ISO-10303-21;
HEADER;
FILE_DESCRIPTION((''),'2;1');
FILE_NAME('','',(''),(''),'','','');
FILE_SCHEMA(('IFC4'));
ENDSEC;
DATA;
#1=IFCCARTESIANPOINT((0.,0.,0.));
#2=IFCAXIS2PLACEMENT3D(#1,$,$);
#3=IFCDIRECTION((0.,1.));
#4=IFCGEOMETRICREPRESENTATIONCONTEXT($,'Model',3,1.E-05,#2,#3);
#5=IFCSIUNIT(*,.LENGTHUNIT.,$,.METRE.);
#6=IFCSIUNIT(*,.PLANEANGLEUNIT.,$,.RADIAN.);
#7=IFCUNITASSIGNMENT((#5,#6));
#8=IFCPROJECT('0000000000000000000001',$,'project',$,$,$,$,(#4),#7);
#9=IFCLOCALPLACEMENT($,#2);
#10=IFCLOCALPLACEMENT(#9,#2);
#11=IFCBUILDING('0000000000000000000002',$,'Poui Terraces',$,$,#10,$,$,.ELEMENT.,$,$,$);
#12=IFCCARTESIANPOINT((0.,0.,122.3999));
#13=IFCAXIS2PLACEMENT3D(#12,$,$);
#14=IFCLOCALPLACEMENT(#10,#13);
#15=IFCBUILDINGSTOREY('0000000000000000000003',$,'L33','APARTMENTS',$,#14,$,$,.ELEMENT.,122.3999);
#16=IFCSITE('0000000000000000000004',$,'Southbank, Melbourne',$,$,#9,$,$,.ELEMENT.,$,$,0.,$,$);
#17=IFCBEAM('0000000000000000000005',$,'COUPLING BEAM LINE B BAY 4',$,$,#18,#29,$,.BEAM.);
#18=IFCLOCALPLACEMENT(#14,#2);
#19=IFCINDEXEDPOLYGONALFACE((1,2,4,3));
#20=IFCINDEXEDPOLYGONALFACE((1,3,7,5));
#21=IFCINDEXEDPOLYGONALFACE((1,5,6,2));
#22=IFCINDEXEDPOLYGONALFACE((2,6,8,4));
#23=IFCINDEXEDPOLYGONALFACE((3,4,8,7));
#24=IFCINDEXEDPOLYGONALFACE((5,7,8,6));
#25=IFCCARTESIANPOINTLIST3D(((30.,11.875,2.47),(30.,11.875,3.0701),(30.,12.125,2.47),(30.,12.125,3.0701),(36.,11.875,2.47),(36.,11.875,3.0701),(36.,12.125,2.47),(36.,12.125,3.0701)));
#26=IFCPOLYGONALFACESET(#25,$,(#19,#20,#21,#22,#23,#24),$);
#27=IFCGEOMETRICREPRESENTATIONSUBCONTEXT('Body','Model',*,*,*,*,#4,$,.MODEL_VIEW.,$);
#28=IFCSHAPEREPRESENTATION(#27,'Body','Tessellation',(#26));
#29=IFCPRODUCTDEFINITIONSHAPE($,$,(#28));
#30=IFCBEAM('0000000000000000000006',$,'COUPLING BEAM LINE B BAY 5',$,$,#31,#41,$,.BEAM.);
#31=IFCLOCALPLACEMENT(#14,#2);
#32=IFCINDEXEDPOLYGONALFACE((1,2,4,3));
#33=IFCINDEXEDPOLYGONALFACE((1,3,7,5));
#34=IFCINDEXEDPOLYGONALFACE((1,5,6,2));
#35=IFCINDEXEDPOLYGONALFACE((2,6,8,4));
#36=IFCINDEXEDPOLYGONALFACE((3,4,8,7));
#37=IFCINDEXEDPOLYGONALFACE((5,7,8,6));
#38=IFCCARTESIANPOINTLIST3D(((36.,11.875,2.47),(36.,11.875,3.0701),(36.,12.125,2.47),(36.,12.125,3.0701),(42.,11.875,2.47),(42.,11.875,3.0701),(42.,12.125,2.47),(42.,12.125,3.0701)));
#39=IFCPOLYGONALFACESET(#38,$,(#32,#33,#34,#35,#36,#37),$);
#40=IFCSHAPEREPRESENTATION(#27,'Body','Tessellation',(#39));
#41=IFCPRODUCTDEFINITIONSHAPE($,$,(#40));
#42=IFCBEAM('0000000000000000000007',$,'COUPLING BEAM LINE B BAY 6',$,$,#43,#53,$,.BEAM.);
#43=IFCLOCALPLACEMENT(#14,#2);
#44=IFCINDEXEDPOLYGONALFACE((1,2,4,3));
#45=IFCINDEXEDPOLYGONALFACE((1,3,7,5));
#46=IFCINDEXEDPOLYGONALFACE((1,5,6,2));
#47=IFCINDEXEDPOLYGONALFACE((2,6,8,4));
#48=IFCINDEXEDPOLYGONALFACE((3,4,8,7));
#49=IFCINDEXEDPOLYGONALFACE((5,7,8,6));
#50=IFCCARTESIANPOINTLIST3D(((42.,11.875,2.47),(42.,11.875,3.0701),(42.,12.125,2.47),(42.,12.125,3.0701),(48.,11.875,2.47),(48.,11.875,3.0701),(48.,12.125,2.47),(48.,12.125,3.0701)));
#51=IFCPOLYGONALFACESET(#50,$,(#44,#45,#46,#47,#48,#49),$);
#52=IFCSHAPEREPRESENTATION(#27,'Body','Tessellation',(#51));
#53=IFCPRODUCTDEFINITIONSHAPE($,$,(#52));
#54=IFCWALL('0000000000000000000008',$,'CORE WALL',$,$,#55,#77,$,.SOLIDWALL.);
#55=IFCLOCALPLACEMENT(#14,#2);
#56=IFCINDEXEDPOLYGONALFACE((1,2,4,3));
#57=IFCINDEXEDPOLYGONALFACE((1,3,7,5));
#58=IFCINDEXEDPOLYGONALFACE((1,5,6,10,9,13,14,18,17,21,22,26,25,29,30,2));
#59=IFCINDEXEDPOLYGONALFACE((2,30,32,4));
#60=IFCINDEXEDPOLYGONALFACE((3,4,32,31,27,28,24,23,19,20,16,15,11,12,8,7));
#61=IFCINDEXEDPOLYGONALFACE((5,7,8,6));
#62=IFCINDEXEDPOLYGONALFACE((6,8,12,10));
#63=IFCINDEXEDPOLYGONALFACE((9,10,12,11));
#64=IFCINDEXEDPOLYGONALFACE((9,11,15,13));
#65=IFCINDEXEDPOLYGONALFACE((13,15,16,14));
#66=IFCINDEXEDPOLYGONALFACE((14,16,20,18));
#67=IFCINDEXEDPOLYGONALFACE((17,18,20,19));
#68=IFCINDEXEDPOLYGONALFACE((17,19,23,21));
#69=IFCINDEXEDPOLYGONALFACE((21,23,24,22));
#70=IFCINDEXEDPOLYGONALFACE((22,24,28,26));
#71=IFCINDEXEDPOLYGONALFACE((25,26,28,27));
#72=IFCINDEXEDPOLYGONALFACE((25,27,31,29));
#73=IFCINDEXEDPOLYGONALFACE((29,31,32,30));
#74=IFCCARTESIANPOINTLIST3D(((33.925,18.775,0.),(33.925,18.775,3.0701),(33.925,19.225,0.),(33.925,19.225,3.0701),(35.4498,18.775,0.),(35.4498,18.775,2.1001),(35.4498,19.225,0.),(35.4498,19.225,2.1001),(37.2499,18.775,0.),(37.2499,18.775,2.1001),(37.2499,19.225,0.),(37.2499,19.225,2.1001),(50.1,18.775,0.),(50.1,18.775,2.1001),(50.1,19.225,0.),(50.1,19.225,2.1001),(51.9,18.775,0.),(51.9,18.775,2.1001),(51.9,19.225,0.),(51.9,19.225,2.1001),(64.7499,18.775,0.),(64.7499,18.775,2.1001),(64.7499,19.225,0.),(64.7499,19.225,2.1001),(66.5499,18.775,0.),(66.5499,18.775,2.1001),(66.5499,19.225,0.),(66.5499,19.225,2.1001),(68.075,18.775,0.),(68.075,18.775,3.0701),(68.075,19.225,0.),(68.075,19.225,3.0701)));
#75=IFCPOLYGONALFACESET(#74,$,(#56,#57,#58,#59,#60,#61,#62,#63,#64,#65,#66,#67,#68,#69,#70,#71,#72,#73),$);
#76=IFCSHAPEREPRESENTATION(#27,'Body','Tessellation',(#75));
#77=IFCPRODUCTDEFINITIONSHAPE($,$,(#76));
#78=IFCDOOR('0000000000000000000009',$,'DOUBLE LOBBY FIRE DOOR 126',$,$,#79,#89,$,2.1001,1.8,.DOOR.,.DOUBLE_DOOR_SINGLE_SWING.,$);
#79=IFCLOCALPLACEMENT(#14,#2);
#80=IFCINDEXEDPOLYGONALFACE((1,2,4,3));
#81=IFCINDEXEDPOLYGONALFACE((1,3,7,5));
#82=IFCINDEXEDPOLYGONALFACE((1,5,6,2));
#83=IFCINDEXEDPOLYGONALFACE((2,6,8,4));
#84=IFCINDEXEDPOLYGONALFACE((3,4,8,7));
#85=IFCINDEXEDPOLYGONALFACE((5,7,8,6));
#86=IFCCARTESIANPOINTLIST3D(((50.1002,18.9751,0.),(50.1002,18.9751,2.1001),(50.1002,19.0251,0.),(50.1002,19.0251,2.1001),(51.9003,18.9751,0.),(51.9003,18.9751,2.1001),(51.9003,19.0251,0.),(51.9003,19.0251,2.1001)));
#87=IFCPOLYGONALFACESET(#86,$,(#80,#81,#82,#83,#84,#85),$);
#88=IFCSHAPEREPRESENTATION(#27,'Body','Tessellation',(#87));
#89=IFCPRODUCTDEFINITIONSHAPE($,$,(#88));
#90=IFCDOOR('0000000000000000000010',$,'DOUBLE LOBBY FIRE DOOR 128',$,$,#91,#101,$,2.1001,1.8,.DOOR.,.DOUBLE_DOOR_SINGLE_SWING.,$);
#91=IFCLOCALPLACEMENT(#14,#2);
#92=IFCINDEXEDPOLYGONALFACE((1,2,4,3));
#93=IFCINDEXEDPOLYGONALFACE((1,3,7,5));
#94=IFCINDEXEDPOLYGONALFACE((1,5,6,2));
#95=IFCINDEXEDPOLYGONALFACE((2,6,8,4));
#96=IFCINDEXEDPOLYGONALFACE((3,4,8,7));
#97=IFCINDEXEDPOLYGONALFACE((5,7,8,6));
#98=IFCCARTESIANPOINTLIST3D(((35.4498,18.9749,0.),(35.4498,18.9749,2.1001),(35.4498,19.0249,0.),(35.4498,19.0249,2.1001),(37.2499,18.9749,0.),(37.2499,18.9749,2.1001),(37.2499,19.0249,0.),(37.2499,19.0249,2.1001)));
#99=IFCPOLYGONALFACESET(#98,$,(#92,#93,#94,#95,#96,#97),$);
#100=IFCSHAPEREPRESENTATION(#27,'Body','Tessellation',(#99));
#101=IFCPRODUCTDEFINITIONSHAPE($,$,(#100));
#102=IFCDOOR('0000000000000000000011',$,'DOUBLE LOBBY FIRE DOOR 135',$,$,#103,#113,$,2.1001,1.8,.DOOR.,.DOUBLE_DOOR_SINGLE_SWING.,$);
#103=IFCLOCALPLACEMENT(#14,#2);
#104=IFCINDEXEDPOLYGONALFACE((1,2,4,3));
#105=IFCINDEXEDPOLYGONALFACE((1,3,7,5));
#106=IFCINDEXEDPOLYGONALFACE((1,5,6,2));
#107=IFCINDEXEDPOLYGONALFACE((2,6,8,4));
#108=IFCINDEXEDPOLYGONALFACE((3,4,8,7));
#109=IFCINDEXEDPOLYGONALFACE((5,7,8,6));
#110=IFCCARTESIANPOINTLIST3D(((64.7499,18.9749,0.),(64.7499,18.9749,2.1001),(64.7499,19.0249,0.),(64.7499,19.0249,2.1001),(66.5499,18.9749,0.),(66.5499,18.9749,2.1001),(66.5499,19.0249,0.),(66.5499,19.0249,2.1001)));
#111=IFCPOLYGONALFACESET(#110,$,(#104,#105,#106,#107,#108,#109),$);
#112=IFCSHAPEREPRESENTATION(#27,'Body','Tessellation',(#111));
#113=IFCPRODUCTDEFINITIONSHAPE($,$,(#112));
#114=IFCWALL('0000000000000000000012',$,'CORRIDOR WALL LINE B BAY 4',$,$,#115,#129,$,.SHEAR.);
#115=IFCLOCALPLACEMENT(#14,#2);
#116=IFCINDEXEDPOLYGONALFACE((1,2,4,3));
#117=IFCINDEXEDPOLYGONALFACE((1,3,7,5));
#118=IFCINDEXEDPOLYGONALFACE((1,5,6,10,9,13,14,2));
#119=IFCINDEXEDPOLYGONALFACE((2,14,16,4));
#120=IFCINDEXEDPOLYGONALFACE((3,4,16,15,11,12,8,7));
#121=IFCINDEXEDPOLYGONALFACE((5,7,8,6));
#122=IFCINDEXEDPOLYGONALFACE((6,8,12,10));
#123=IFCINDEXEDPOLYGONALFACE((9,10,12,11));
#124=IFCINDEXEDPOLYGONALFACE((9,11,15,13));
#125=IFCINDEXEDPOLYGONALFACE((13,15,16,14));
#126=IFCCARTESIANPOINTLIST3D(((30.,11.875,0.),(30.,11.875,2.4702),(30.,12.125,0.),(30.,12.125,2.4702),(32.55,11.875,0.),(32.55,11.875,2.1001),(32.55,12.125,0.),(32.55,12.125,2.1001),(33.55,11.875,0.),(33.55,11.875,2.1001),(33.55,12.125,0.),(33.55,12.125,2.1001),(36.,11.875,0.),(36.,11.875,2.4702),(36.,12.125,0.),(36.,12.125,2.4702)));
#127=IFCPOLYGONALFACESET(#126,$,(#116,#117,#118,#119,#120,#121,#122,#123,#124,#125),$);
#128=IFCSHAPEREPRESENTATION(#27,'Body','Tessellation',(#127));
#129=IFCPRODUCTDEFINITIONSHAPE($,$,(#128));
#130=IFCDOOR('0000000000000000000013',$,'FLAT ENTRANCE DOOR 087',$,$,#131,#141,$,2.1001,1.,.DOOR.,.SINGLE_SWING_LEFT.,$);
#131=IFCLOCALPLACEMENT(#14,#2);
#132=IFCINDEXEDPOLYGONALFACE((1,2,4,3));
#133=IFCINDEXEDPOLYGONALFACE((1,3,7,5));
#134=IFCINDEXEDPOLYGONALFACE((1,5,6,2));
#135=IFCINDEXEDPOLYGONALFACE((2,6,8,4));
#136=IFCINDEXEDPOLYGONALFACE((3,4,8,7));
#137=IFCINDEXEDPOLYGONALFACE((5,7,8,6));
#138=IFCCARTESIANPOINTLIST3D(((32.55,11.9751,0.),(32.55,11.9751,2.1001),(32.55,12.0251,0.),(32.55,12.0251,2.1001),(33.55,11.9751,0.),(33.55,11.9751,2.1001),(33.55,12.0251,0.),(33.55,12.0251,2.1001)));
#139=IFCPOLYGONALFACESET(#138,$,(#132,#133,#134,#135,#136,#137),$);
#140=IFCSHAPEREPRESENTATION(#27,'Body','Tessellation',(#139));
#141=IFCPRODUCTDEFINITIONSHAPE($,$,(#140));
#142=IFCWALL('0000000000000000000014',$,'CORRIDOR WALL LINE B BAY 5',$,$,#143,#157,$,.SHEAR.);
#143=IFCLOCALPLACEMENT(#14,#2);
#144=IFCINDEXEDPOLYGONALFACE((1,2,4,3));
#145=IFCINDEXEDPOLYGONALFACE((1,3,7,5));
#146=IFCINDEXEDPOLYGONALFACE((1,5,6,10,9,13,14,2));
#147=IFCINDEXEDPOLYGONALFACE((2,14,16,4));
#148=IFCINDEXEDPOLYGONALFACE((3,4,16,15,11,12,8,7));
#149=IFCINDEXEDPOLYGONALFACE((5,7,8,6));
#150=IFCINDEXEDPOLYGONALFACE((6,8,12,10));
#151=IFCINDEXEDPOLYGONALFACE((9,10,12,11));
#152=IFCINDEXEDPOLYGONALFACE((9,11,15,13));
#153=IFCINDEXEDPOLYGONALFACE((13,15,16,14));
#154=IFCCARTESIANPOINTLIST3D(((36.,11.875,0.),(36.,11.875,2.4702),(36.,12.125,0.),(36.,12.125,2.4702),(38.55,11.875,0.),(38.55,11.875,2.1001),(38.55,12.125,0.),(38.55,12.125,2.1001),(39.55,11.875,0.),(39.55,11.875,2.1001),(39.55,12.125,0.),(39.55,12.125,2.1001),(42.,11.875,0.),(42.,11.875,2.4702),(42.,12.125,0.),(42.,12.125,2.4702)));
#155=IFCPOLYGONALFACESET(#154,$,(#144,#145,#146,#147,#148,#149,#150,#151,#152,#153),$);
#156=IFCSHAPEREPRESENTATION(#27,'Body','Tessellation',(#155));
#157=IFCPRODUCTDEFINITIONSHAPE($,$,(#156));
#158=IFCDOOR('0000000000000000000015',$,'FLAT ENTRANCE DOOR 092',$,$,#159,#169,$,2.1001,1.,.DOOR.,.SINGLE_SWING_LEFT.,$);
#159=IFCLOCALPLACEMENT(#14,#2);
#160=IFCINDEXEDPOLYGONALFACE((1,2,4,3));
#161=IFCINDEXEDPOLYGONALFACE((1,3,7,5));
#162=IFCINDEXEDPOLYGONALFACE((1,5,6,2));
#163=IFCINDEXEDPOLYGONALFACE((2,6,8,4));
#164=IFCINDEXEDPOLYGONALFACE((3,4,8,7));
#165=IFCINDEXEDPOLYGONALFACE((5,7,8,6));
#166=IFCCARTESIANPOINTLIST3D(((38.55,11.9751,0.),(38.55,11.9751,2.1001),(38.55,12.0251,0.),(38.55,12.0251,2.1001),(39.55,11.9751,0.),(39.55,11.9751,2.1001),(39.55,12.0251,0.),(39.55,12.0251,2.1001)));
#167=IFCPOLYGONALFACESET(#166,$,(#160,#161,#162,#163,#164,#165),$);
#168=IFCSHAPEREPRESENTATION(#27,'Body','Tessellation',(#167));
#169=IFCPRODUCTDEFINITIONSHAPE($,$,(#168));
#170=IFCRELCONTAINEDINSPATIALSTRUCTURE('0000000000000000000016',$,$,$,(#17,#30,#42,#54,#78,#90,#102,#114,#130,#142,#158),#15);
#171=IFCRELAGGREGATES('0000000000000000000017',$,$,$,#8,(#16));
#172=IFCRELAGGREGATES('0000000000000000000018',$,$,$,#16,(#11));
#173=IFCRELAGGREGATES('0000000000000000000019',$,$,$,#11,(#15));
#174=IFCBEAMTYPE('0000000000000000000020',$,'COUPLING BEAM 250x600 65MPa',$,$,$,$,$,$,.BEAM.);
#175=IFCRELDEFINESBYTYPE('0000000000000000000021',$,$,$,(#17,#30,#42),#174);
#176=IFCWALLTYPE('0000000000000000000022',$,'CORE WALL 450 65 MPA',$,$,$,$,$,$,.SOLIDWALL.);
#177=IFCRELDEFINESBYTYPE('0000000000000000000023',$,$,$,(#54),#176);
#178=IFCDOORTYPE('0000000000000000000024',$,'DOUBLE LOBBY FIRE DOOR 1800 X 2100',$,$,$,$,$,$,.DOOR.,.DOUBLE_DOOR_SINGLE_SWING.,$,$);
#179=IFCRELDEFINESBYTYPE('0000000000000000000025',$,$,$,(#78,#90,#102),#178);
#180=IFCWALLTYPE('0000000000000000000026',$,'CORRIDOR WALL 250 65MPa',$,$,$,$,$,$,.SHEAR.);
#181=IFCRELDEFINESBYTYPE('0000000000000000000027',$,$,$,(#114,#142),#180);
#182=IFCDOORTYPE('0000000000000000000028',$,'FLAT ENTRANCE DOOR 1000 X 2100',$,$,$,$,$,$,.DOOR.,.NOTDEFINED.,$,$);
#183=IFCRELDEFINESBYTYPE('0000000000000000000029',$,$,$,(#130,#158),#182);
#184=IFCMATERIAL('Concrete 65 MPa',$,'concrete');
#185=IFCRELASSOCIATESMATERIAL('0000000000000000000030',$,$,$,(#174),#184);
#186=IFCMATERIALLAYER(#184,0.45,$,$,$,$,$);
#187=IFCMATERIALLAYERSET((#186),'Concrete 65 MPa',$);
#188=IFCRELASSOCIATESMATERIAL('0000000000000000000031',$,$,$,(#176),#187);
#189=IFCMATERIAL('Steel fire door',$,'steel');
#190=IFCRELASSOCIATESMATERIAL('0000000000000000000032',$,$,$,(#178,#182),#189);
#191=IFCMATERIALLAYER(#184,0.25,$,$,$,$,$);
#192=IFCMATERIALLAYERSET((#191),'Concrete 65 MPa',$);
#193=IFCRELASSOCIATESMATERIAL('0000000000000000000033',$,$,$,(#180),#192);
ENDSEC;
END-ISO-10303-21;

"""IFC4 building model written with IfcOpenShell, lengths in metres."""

from ifc_helpers import new_model, si_unit, direction, frame, frame_2d, origin, origin_2d, place, context, subcontext, project, spatial, rectangle, extrude, source, transform, mapped, material, layer, layer_set, material_profile, profile_set, type_object, element, fill, save


model = new_model("IFC4")

# Units and contexts
model_context = context("Model", 3, precision=1e-05, world=origin(), true_north=direction((0.0, 1.0)))
body_context = subcontext(model_context, "Body", "Model", "MODEL_VIEW")
ifc_project = project(units=[si_unit("LENGTHUNIT", "METRE"), si_unit("PLANEANGLEUNIT", "RADIAN")], contexts=[model_context])

# Site, building, storey
site_placement = place(None, origin())
site = spatial("IfcSite", under=ifc_project, at=site_placement, Name="Southbank, Melbourne", CompositionType="ELEMENT", RefElevation=0.0)
building_placement = place(site_placement, origin())
building = spatial("IfcBuilding", under=site, at=building_placement, Name="Poui Terraces", CompositionType="ELEMENT")
storey_placement = place(building_placement, frame((0.0, 0.0, 122.3999)))
storey = spatial("IfcBuildingStorey", under=building, at=storey_placement, Name="L33", Description="APARTMENTS", CompositionType="ELEMENT", Elevation=122.3999)

# Beams
ifc_material_1 = material(Name="Concrete 65 MPa", Category="concrete")
ifc_material_profile = material_profile(ifc_material_1, rectangle(XDim=0.25, YDim=0.6001, at=origin_2d()), Name="RC 250x600")
ifc_profile_set = profile_set([ifc_material_profile], Name="Concrete 65 MPa")
beam_type = type_object("IfcBeamType", Name="COUPLING BEAM 250x600 65MPa", PredefinedType="BEAM", material=ifc_profile_set)
shared_shape = source(origin(), body_context, "Body", "SweptSolid", [
    extrude(rectangle(XDim=0.25, YDim=0.6001, at=origin_2d()), origin(), (0.0, 0.0, 1.0), 6.0),
])
for number, where, z_axis, x_axis, name in (
    (1, (30.0, 12.0, 2.77), (1.0, 0.0, 0.0), (0.0, 1.0, 0.0), "COUPLING BEAM LINE B BAY 4"),
    (2, (36.0, 12.0, 2.77), (1.0, 0.0, 0.0), (0.0, 1.0, 0.0), "COUPLING BEAM LINE B BAY 5"),
    (3, (42.0, 12.0, 2.77), (1.0, 0.0, 0.0), (0.0, 1.0, 0.0), "COUPLING BEAM LINE B BAY 6"),
):
    element("IfcBeam", number, at=place(storey_placement, frame(where, z_axis=z_axis, x_axis=x_axis)), inside=storey, type_object=beam_type, Name=name, PredefinedType="BEAM", context=body_context, shape_type="MappedRepresentation", body=[
        mapped(shared_shape, transform((0.0, 0.0, 0.0))),
    ])

# Wall, openings, doors
ifc_layer_1 = layer(ifc_material_1, 0.45)
ifc_layer_set_1 = layer_set([ifc_layer_1], Name="Concrete 65 MPa")
wall_type_1 = type_object("IfcWallType", Name="CORE WALL 450 65 MPA", PredefinedType="SOLIDWALL", material=ifc_layer_set_1)
wall_1_placement = place(storey_placement, frame((33.925, 19.0, 0.0), z_axis=(0.0, 0.0, 1.0), x_axis=(1.0, 0.0, 0.0)))
wall_1 = element("IfcWall", 4, at=wall_1_placement, inside=storey, type_object=wall_type_1, Name="CORE WALL", PredefinedType="SOLIDWALL", context=body_context, shape_type="SweptSolid", body=[
    extrude(rectangle(XDim=34.1499, YDim=0.45, at=frame_2d((17.075, 0.0))), origin(), (0.0, 0.0, 1.0), 3.0701),
])
opening_1_placement = place(wall_1_placement, frame((16.175, 0.0, 0.0)))
opening_1 = element("IfcOpeningElement", 5, at=opening_1_placement, cuts=wall_1, PredefinedType="OPENING", context=body_context, shape_type="SweptSolid", body=[
    extrude(rectangle(XDim=1.8, YDim=2.1001, at=frame_2d((0.8999, 1.05))), frame((0.0, 0.2349, 0.0), z_axis=(0.0, -1.0, 0.0), x_axis=(1.0, 0.0, 0.0)), (0.0, 0.0, 1.0), 0.47),
])
opening_2_placement = place(wall_1_placement, frame((1.5249, 0.0, 0.0)))
opening_2 = element("IfcOpeningElement", 6, at=opening_2_placement, cuts=wall_1, PredefinedType="OPENING", context=body_context, shape_type="SweptSolid", body=[
    extrude(rectangle(XDim=1.8, YDim=2.1001, at=frame_2d((0.8999, 1.05))), frame((0.0, 0.2349, 0.0), z_axis=(0.0, -1.0, 0.0), x_axis=(1.0, 0.0, 0.0)), (0.0, 0.0, 1.0), 0.47),
])
opening_3_placement = place(wall_1_placement, frame((30.825, 0.0, 0.0)))
opening_3 = element("IfcOpeningElement", 7, at=opening_3_placement, cuts=wall_1, PredefinedType="OPENING", context=body_context, shape_type="SweptSolid", body=[
    extrude(rectangle(XDim=1.8, YDim=2.1001, at=frame_2d((0.8999, 1.05))), frame((0.0, 0.2349, 0.0), z_axis=(0.0, -1.0, 0.0), x_axis=(1.0, 0.0, 0.0)), (0.0, 0.0, 1.0), 0.47),
])
ifc_material_2 = material(Name="Steel fire door", Category="steel")
door_type_1 = type_object("IfcDoorType", Name="DOUBLE LOBBY FIRE DOOR 1800 X 2100", OperationType="DOUBLE_DOOR_SINGLE_SWING", PredefinedType="DOOR", material=ifc_material_2)
door_1_placement = place(opening_1_placement, frame((1.8, 0.0, 0.0), z_axis=(0.0, 0.0, 1.0), x_axis=(-1.0, 0.0, 0.0)))
door_1 = element("IfcDoor", 8, at=door_1_placement, inside=storey, type_object=door_type_1, Name="DOUBLE LOBBY FIRE DOOR 126", OperationType="DOUBLE_DOOR_SINGLE_SWING", OverallHeight=2.1001, OverallWidth=1.8, PredefinedType="DOOR", context=body_context, shape_type="SweptSolid", body=[
    extrude(rectangle(XDim=1.8, YDim=2.1001, at=frame_2d((0.8999, 1.05))), frame((0.0, 0.0249, 0.0), z_axis=(0.0, -1.0, 0.0), x_axis=(1.0, 0.0, 0.0)), (0.0, 0.0, 1.0), 0.05),
])
fill(opening_1, door_1)
door_2_placement = place(opening_2_placement, origin())
door_2 = element("IfcDoor", 9, at=door_2_placement, inside=storey, type_object=door_type_1, Name="DOUBLE LOBBY FIRE DOOR 128", OperationType="DOUBLE_DOOR_SINGLE_SWING", OverallHeight=2.1001, OverallWidth=1.8, PredefinedType="DOOR", context=body_context, shape_type="SweptSolid", body=[
    extrude(rectangle(XDim=1.8, YDim=2.1001, at=frame_2d((0.8999, 1.05))), frame((0.0, 0.0249, 0.0), z_axis=(0.0, -1.0, 0.0), x_axis=(1.0, 0.0, 0.0)), (0.0, 0.0, 1.0), 0.05),
])
fill(opening_2, door_2)
door_3_placement = place(opening_3_placement, origin())
door_3 = element("IfcDoor", 10, at=door_3_placement, inside=storey, type_object=door_type_1, Name="DOUBLE LOBBY FIRE DOOR 135", OperationType="DOUBLE_DOOR_SINGLE_SWING", OverallHeight=2.1001, OverallWidth=1.8, PredefinedType="DOOR", context=body_context, shape_type="SweptSolid", body=[
    extrude(rectangle(XDim=1.8, YDim=2.1001, at=frame_2d((0.8999, 1.05))), frame((0.0, 0.0249, 0.0), z_axis=(0.0, -1.0, 0.0), x_axis=(1.0, 0.0, 0.0)), (0.0, 0.0, 1.0), 0.05),
])
fill(opening_3, door_3)

# Walls, openings, doors
ifc_layer_2 = layer(ifc_material_1, 0.25)
ifc_layer_set_2 = layer_set([ifc_layer_2], Name="Concrete 65 MPa")
wall_type_2 = type_object("IfcWallType", Name="CORRIDOR WALL 250 65MPa", PredefinedType="SHEAR", material=ifc_layer_set_2)
wall_2_placement = place(storey_placement, frame((30.0, 12.0, 0.0), z_axis=(0.0, 0.0, 1.0), x_axis=(1.0, 0.0, 0.0)))
wall_2 = element("IfcWall", 11, at=wall_2_placement, inside=storey, type_object=wall_type_2, Name="CORRIDOR WALL LINE B BAY 4", PredefinedType="SHEAR", context=body_context, shape_type="SweptSolid", body=[
    extrude(rectangle(XDim=6.0, YDim=0.25, at=frame_2d((3.0, 0.0))), origin(), (0.0, 0.0, 1.0), 2.4702),
])
opening_4_placement = place(wall_2_placement, frame((2.55, 0.0, 0.0)))
opening_4 = element("IfcOpeningElement", 12, at=opening_4_placement, cuts=wall_2, PredefinedType="OPENING", context=body_context, shape_type="SweptSolid", body=[
    extrude(rectangle(XDim=1.0, YDim=2.1001, at=frame_2d((0.5, 1.05))), frame((0.0, 0.135, 0.0), z_axis=(0.0, -1.0, 0.0), x_axis=(1.0, 0.0, 0.0)), (0.0, 0.0, 1.0), 0.27),
])
door_type_2 = type_object("IfcDoorType", Name="FLAT ENTRANCE DOOR 1000 X 2100", OperationType="NOTDEFINED", PredefinedType="DOOR", material=ifc_material_2)
door_4_placement = place(opening_4_placement, frame((1.0, 0.0, 0.0), z_axis=(0.0, 0.0, 1.0), x_axis=(-1.0, 0.0, 0.0)))
door_4 = element("IfcDoor", 13, at=door_4_placement, inside=storey, type_object=door_type_2, Name="FLAT ENTRANCE DOOR 087", OperationType="SINGLE_SWING_LEFT", OverallHeight=2.1001, OverallWidth=1.0, PredefinedType="DOOR", context=body_context, shape_type="SweptSolid", body=[
    extrude(rectangle(XDim=1.0, YDim=2.1001, at=frame_2d((0.5, 1.05))), frame((0.0, 0.0249, 0.0), z_axis=(0.0, -1.0, 0.0), x_axis=(1.0, 0.0, 0.0)), (0.0, 0.0, 1.0), 0.05),
])
fill(opening_4, door_4)
wall_3_placement = place(storey_placement, frame((36.0, 12.0, 0.0), z_axis=(0.0, 0.0, 1.0), x_axis=(1.0, 0.0, 0.0)))
wall_3 = element("IfcWall", 14, at=wall_3_placement, inside=storey, type_object=wall_type_2, Name="CORRIDOR WALL LINE B BAY 5", PredefinedType="SHEAR", context=body_context, shape_type="SweptSolid", body=[
    extrude(rectangle(XDim=6.0, YDim=0.25, at=frame_2d((3.0, 0.0))), origin(), (0.0, 0.0, 1.0), 2.4702),
])
opening_5_placement = place(wall_3_placement, frame((2.55, 0.0, 0.0)))
opening_5 = element("IfcOpeningElement", 15, at=opening_5_placement, cuts=wall_3, PredefinedType="OPENING", context=body_context, shape_type="SweptSolid", body=[
    extrude(rectangle(XDim=1.0, YDim=2.1001, at=frame_2d((0.5, 1.05))), frame((0.0, 0.135, 0.0), z_axis=(0.0, -1.0, 0.0), x_axis=(1.0, 0.0, 0.0)), (0.0, 0.0, 1.0), 0.27),
])
door_5_placement = place(opening_5_placement, frame((1.0, 0.0, 0.0), z_axis=(0.0, 0.0, 1.0), x_axis=(-1.0, 0.0, 0.0)))
door_5 = element("IfcDoor", 16, at=door_5_placement, inside=storey, type_object=door_type_2, Name="FLAT ENTRANCE DOOR 092", OperationType="SINGLE_SWING_LEFT", OverallHeight=2.1001, OverallWidth=1.0, PredefinedType="DOOR", context=body_context, shape_type="SweptSolid", body=[
    extrude(rectangle(XDim=1.0, YDim=2.1001, at=frame_2d((0.5, 1.05))), frame((0.0, 0.0249, 0.0), z_axis=(0.0, -1.0, 0.0), x_axis=(1.0, 0.0, 0.0)), (0.0, 0.0, 1.0), 0.05),
])
fill(opening_5, door_5)

save(model, "model.ifc")
